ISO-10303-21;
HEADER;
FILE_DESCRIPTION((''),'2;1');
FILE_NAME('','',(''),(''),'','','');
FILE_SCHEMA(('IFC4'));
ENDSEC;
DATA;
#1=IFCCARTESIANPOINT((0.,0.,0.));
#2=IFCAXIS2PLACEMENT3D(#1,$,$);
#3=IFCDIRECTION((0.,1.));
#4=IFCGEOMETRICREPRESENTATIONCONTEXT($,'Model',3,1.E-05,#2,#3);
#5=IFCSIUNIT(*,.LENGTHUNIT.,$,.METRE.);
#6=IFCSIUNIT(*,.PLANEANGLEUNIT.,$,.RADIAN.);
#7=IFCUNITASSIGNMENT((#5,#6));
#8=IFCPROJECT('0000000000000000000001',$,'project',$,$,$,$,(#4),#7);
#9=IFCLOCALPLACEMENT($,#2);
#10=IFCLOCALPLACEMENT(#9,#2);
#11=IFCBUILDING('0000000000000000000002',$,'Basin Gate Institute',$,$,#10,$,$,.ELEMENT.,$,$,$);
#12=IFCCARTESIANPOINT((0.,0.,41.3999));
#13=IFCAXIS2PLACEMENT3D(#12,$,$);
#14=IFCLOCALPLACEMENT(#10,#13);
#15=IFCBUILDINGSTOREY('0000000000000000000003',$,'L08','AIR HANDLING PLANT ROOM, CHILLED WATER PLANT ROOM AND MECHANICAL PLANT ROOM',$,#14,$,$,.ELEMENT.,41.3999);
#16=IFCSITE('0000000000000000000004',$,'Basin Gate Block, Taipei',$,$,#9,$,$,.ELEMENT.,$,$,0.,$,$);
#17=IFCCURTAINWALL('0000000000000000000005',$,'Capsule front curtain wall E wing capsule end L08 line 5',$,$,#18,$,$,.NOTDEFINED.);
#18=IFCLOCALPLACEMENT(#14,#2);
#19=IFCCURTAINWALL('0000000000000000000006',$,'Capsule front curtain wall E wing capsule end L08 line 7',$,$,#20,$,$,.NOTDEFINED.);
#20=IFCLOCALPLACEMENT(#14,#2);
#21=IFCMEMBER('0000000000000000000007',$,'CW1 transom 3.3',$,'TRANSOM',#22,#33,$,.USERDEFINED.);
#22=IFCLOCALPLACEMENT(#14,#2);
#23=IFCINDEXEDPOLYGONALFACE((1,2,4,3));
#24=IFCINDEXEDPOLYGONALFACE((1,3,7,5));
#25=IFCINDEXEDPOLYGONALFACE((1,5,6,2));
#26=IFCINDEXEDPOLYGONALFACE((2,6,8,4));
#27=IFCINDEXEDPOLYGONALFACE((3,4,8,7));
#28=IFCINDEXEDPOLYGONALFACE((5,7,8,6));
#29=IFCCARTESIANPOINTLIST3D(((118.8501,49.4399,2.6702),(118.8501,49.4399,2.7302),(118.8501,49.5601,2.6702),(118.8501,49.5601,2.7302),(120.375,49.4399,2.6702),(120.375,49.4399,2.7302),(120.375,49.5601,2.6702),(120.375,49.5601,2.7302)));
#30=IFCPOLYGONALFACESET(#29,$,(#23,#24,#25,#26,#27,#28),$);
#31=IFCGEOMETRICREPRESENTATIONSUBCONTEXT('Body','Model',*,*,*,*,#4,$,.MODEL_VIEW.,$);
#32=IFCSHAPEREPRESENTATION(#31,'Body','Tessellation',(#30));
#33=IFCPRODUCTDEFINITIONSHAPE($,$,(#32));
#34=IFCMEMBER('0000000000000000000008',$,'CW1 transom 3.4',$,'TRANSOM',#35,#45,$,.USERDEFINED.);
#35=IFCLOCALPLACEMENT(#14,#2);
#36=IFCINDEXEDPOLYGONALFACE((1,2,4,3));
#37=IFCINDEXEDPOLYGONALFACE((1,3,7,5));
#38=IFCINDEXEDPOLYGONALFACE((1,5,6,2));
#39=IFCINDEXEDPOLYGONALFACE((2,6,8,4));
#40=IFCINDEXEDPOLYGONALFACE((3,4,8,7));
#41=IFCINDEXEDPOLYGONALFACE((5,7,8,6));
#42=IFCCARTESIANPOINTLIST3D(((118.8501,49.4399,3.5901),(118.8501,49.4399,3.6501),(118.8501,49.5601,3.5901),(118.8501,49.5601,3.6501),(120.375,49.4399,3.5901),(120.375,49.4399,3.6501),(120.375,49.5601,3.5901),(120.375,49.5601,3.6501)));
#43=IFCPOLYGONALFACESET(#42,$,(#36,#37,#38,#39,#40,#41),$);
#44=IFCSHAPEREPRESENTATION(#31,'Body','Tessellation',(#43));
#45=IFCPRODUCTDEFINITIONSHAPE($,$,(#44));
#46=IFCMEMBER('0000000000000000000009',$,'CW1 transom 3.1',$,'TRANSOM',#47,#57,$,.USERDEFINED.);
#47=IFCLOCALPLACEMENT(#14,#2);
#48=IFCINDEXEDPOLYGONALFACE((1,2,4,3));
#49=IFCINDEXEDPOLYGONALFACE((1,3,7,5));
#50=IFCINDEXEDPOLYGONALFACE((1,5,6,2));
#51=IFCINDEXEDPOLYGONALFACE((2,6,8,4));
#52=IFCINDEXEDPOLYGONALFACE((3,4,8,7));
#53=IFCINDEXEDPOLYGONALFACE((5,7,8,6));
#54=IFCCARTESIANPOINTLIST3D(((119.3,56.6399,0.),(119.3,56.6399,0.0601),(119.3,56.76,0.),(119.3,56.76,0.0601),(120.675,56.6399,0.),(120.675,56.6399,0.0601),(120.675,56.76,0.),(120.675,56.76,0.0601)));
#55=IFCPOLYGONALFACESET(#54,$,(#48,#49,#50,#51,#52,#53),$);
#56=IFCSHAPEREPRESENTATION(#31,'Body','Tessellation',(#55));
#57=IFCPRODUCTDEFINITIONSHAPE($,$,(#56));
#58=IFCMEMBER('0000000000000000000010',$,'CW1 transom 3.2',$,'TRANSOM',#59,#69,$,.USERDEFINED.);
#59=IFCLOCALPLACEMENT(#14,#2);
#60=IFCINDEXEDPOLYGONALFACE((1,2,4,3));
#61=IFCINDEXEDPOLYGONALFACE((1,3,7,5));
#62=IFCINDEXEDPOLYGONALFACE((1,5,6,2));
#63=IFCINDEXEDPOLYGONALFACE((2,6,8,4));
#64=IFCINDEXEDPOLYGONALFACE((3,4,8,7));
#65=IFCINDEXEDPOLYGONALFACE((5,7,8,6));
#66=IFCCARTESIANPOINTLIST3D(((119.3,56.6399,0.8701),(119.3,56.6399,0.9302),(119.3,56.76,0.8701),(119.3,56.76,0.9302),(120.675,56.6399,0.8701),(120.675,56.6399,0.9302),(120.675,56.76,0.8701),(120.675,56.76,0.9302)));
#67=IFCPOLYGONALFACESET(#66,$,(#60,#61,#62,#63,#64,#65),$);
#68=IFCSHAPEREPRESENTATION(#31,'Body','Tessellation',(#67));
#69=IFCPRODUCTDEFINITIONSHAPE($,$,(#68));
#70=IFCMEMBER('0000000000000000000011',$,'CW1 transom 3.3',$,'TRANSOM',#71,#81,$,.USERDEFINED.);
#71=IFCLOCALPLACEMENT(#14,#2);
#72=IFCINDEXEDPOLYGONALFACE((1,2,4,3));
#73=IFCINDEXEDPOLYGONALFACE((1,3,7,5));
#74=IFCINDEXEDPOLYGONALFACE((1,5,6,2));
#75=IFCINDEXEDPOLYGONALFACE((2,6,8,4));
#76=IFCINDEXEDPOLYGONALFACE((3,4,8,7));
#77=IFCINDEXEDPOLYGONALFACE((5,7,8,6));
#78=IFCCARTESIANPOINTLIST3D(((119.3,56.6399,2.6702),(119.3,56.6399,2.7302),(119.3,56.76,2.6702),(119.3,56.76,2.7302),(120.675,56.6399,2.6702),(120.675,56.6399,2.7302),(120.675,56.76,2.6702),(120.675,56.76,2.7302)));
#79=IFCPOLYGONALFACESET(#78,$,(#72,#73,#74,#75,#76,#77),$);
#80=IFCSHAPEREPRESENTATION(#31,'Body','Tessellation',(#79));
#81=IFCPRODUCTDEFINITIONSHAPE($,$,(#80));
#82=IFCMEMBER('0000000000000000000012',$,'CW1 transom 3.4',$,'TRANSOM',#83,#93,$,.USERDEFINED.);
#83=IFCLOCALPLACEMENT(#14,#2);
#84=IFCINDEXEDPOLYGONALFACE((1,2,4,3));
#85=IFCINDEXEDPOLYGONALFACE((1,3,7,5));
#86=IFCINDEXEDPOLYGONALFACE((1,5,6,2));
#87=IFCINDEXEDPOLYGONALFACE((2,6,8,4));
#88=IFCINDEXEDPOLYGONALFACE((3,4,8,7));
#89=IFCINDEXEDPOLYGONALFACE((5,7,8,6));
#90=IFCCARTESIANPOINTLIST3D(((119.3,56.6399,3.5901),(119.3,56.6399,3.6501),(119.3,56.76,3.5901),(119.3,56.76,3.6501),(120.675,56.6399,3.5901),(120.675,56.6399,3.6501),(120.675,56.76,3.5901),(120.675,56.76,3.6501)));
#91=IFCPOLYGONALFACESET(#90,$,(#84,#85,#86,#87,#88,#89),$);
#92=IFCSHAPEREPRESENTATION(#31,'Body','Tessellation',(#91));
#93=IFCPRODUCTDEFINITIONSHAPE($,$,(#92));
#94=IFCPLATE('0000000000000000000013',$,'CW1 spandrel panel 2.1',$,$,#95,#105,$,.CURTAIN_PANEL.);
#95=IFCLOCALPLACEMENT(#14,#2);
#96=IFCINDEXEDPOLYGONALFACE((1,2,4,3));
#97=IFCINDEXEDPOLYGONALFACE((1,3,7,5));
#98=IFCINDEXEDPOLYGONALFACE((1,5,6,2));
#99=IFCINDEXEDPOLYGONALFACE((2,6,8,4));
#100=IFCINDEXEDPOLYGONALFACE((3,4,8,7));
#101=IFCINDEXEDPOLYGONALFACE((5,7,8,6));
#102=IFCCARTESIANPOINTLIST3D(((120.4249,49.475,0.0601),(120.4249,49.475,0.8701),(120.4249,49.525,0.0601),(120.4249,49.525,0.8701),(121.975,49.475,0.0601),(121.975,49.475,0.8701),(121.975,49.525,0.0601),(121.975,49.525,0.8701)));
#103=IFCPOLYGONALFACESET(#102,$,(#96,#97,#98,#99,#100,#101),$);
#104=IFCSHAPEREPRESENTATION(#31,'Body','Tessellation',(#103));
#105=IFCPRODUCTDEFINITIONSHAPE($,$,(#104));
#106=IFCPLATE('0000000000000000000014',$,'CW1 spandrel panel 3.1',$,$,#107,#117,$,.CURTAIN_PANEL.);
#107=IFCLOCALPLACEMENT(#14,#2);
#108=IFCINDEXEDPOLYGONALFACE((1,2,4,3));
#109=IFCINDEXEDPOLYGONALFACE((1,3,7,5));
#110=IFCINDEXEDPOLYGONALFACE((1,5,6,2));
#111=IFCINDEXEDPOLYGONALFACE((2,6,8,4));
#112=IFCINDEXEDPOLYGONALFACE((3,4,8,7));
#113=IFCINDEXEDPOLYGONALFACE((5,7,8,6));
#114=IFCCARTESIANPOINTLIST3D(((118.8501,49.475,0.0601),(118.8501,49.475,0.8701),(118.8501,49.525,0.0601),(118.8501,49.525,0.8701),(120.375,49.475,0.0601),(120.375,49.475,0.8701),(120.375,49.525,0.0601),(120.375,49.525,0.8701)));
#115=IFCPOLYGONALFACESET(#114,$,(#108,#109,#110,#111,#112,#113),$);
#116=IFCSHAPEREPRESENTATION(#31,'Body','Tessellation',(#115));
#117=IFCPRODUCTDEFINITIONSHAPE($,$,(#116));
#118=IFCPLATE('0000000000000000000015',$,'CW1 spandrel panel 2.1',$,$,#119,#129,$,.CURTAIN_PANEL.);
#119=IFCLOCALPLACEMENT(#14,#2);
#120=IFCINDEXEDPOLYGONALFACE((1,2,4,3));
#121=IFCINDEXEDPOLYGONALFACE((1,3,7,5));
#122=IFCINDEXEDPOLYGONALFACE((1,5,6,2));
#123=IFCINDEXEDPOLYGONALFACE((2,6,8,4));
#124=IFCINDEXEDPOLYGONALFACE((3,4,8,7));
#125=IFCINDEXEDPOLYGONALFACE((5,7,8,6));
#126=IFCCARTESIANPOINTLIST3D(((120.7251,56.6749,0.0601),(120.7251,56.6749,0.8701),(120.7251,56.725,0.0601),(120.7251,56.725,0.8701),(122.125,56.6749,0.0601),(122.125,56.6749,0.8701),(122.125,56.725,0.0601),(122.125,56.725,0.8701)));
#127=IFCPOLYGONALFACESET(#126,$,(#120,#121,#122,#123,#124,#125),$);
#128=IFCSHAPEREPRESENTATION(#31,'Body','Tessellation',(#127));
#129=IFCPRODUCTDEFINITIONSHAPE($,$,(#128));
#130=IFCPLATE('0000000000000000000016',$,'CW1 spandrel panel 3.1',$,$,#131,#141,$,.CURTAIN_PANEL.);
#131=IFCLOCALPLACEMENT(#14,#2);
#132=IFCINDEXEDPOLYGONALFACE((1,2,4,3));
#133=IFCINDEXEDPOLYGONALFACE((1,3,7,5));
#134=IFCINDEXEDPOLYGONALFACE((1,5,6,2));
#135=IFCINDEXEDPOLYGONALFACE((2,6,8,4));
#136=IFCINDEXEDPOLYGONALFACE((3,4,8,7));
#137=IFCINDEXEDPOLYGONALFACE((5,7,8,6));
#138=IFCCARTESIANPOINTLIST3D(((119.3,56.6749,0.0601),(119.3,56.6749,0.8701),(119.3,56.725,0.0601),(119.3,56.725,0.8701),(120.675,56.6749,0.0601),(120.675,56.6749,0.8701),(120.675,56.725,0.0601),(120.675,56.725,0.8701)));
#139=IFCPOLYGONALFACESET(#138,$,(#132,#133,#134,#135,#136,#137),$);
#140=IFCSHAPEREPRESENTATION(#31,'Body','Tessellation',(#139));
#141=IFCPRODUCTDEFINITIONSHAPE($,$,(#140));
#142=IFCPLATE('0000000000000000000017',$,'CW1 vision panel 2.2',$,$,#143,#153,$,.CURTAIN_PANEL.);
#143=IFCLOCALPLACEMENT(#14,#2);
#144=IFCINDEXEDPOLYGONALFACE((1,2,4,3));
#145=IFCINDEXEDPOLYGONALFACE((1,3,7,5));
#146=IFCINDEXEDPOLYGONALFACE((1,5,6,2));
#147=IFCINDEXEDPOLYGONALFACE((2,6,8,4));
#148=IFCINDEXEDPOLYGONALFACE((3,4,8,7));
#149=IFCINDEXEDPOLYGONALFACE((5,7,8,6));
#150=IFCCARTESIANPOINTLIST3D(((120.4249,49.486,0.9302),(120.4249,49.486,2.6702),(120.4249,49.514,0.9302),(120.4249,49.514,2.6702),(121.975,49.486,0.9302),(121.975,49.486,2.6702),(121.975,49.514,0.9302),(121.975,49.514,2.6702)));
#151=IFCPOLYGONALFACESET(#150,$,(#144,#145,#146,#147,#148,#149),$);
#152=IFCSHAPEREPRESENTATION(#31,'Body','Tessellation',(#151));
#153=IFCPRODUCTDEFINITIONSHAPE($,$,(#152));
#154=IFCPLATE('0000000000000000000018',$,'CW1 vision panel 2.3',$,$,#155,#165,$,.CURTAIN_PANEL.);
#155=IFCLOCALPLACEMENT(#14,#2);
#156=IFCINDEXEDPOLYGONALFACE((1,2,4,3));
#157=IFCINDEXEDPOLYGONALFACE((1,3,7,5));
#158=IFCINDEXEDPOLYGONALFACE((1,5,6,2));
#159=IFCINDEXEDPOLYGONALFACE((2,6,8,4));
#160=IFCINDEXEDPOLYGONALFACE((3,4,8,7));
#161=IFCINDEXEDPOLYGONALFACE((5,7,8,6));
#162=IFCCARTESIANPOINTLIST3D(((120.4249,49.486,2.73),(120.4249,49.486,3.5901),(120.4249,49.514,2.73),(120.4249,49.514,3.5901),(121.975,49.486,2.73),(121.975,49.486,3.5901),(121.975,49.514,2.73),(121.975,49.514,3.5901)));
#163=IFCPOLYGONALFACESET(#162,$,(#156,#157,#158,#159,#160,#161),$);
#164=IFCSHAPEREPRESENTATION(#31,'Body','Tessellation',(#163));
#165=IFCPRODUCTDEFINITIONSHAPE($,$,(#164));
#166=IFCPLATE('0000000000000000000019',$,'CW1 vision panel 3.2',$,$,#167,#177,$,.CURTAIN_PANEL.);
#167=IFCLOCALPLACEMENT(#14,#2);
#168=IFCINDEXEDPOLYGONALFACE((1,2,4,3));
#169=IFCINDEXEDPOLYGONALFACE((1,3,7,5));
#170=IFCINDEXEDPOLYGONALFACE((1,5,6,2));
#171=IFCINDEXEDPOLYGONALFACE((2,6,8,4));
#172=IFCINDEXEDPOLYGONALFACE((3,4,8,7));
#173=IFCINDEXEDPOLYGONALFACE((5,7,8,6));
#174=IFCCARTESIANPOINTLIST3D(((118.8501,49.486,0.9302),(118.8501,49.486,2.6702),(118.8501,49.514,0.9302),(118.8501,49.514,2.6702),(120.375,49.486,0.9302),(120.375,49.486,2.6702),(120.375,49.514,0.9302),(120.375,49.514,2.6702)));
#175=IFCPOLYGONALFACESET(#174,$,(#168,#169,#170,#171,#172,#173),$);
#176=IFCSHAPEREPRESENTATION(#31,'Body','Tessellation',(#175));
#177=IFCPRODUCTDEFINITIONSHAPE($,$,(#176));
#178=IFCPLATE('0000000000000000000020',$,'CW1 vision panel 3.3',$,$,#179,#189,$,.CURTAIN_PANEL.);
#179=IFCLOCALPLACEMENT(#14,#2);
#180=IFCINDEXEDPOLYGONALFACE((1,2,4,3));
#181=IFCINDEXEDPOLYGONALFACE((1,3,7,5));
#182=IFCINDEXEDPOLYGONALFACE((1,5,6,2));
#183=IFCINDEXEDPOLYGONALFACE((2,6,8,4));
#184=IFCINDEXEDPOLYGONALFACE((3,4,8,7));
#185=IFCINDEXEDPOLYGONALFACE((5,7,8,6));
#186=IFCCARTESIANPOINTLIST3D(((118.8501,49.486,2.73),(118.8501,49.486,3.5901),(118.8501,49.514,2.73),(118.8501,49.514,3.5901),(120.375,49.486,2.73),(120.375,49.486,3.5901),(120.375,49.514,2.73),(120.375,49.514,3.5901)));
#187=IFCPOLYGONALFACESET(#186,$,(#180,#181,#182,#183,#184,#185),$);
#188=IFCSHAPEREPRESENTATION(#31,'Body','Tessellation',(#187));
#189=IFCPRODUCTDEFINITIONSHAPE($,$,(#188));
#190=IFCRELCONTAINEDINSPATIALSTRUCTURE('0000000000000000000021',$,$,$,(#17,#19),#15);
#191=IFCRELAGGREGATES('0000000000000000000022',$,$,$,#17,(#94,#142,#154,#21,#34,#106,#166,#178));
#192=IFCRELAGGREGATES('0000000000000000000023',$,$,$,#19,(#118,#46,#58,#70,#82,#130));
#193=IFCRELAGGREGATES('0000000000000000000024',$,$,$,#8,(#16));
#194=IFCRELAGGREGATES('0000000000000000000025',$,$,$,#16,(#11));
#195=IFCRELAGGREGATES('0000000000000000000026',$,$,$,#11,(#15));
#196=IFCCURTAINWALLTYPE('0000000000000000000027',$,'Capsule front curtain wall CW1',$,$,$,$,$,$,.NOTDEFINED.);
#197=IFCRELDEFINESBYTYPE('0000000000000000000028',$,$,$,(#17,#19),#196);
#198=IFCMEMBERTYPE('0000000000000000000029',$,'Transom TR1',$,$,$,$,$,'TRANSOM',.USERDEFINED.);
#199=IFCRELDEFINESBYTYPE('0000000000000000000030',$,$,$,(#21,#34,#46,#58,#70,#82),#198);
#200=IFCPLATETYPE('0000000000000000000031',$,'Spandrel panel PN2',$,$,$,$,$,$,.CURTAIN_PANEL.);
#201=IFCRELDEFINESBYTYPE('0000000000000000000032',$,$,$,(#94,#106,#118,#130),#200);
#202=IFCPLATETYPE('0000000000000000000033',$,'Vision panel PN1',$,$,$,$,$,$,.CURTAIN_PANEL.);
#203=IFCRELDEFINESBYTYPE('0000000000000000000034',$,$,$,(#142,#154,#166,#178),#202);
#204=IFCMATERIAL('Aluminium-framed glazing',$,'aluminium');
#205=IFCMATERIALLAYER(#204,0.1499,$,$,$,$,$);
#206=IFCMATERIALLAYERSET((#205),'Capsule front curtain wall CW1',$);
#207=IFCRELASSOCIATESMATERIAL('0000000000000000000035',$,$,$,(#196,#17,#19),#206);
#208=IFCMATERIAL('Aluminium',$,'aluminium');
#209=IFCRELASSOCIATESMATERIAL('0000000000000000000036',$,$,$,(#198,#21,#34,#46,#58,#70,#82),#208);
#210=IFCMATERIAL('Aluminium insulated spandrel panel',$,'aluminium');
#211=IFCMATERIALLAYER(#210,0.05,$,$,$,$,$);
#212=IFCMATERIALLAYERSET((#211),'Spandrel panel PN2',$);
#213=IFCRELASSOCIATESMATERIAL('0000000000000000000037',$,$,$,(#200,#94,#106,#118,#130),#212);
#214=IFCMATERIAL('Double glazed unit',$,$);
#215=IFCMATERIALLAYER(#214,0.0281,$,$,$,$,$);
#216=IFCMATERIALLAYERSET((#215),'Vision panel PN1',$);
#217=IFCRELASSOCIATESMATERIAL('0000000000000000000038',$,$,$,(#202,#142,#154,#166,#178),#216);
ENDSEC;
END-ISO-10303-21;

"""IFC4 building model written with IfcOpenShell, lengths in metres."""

from ifc_helpers import new_model, si_unit, direction, frame, origin, origin_2d, place, context, subcontext, project, spatial, rectangle, extrude, material, layer, layer_set, material_profile, profile_set, type_object, element, aggregate, save


model = new_model("IFC4")

# Units and contexts
model_context = context("Model", 3, precision=1e-05, world=origin(), true_north=direction((0.0, 1.0)))
body_context = subcontext(model_context, "Body", "Model", "MODEL_VIEW")
ifc_project = project(units=[si_unit("LENGTHUNIT", "METRE"), si_unit("PLANEANGLEUNIT", "RADIAN")], contexts=[model_context])

# Site, building, storey
site_placement = place(None, origin())
site = spatial("IfcSite", under=ifc_project, at=site_placement, Name="Basin Gate Block, Taipei", CompositionType="ELEMENT", RefElevation=0.0)
building_placement = place(site_placement, origin())
building = spatial("IfcBuilding", under=site, at=building_placement, Name="Basin Gate Institute", CompositionType="ELEMENT")
storey_placement = place(building_placement, frame((0.0, 0.0, 41.3999)))
storey = spatial("IfcBuildingStorey", under=building, at=storey_placement, Name="L08", Description="AIR HANDLING PLANT ROOM, CHILLED WATER PLANT ROOM AND MECHANICAL PLANT ROOM", CompositionType="ELEMENT", Elevation=41.3999)

# Shared definitions
ifc_material_1 = material(Name="Aluminium-framed glazing", Category="aluminium")
ifc_layer_1 = layer(ifc_material_1, 0.1499)
ifc_layer_set_1 = layer_set([ifc_layer_1], Name="Capsule front curtain wall CW1")
curtain_wall_type = type_object("IfcCurtainWallType", Name="Capsule front curtain wall CW1", PredefinedType="NOTDEFINED", material=ifc_layer_set_1)

# Curtain walls
curtain_wall_1_placement = place(storey_placement, origin())
curtain_wall_1 = element("IfcCurtainWall", 1, at=curtain_wall_1_placement, inside=storey, type_object=curtain_wall_type, material=ifc_layer_set_1, Name="Capsule front curtain wall E wing capsule end L08 line 5", PredefinedType="NOTDEFINED")
curtain_wall_2_placement = place(storey_placement, origin())
curtain_wall_2 = element("IfcCurtainWall", 2, at=curtain_wall_2_placement, inside=storey, type_object=curtain_wall_type, material=ifc_layer_set_1, Name="Capsule front curtain wall E wing capsule end L08 line 7", PredefinedType="NOTDEFINED")

# Members
ifc_material_2 = material(Name="Aluminium", Category="aluminium")
ifc_material_profile_1 = material_profile(ifc_material_2, rectangle(XDim=0.1201, YDim=0.0601, at=origin_2d()), Name="Transom TR1 120 x 60")
ifc_profile_set_1 = profile_set([ifc_material_profile_1], Name="Aluminium")
member_type_1 = type_object("IfcMemberType", Name="Transom TR1", ElementType="TRANSOM", PredefinedType="USERDEFINED", material=ifc_profile_set_1)
member_1_placement = place(storey_placement, frame((120.375, 49.5, 2.7002), z_axis=(-1.0, 0.0, 0.0), x_axis=(0.0, -1.0, 0.0)))
member_1 = element("IfcMember", 3, at=member_1_placement, type_object=member_type_1, material=ifc_profile_set_1, Name="CW1 transom 3.3", ObjectType="TRANSOM", PredefinedType="USERDEFINED", context=body_context, shape_type="SweptSolid", body=[
    extrude(rectangle(XDim=0.1201, YDim=0.0601, at=origin_2d()), origin(), (0.0, 0.0, 1.0), 1.5249),
])
member_2_placement = place(storey_placement, frame((120.375, 49.5, 3.6201), z_axis=(-1.0, 0.0, 0.0), x_axis=(0.0, -1.0, 0.0)))
member_2 = element("IfcMember", 4, at=member_2_placement, type_object=member_type_1, material=ifc_profile_set_1, Name="CW1 transom 3.4", ObjectType="TRANSOM", PredefinedType="USERDEFINED", context=body_context, shape_type="SweptSolid", body=[
    extrude(rectangle(XDim=0.1201, YDim=0.0601, at=origin_2d()), origin(), (0.0, 0.0, 1.0), 1.5249),
])
member_3_placement = place(storey_placement, frame((120.675, 56.7, 0.03), z_axis=(-1.0, 0.0, 0.0), x_axis=(0.0, -1.0, 0.0)))
member_3 = element("IfcMember", 5, at=member_3_placement, type_object=member_type_1, material=ifc_profile_set_1, Name="CW1 transom 3.1", ObjectType="TRANSOM", PredefinedType="USERDEFINED", context=body_context, shape_type="SweptSolid", body=[
    extrude(rectangle(XDim=0.1201, YDim=0.0601, at=origin_2d()), origin(), (0.0, 0.0, 1.0), 1.375),
])
member_4_placement = place(storey_placement, frame((120.675, 56.7, 0.9001), z_axis=(-1.0, 0.0, 0.0), x_axis=(0.0, -1.0, 0.0)))
member_4 = element("IfcMember", 6, at=member_4_placement, type_object=member_type_1, material=ifc_profile_set_1, Name="CW1 transom 3.2", ObjectType="TRANSOM", PredefinedType="USERDEFINED", context=body_context, shape_type="SweptSolid", body=[
    extrude(rectangle(XDim=0.1201, YDim=0.0601, at=origin_2d()), origin(), (0.0, 0.0, 1.0), 1.375),
])
member_5_placement = place(storey_placement, frame((120.675, 56.7, 2.7002), z_axis=(-1.0, 0.0, 0.0), x_axis=(0.0, -1.0, 0.0)))
member_5 = element("IfcMember", 7, at=member_5_placement, type_object=member_type_1, material=ifc_profile_set_1, Name="CW1 transom 3.3", ObjectType="TRANSOM", PredefinedType="USERDEFINED", context=body_context, shape_type="SweptSolid", body=[
    extrude(rectangle(XDim=0.1201, YDim=0.0601, at=origin_2d()), origin(), (0.0, 0.0, 1.0), 1.375),
])
member_6_placement = place(storey_placement, frame((120.675, 56.7, 3.6201), z_axis=(-1.0, 0.0, 0.0), x_axis=(0.0, -1.0, 0.0)))
member_6 = element("IfcMember", 8, at=member_6_placement, type_object=member_type_1, material=ifc_profile_set_1, Name="CW1 transom 3.4", ObjectType="TRANSOM", PredefinedType="USERDEFINED", context=body_context, shape_type="SweptSolid", body=[
    extrude(rectangle(XDim=0.1201, YDim=0.0601, at=origin_2d()), origin(), (0.0, 0.0, 1.0), 1.375),
])

# Plates
ifc_material_3 = material(Name="Aluminium insulated spandrel panel", Category="aluminium")
ifc_layer_2 = layer(ifc_material_3, 0.05)
ifc_layer_set_2 = layer_set([ifc_layer_2], Name="Spandrel panel PN2")
plate_type_1 = type_object("IfcPlateType", Name="Spandrel panel PN2", PredefinedType="CURTAIN_PANEL", material=ifc_layer_set_2)
plate_1_placement = place(storey_placement, frame((121.2, 49.5, 0.0601), z_axis=(0.0, 0.0, 1.0), x_axis=(-1.0, 0.0, 0.0)))
plate_1 = element("IfcPlate", 9, at=plate_1_placement, type_object=plate_type_1, material=ifc_layer_set_2, Name="CW1 spandrel panel 2.1", PredefinedType="CURTAIN_PANEL", context=body_context, shape_type="SweptSolid", body=[
    extrude(rectangle(XDim=1.55, YDim=0.05, at=origin_2d()), origin(), (0.0, 0.0, 1.0), 0.8101),
])
plate_2_placement = place(storey_placement, frame((119.6125, 49.5, 0.0601), z_axis=(0.0, 0.0, 1.0), x_axis=(-1.0, 0.0, 0.0)))
plate_2 = element("IfcPlate", 10, at=plate_2_placement, type_object=plate_type_1, material=ifc_layer_set_2, Name="CW1 spandrel panel 3.1", PredefinedType="CURTAIN_PANEL", context=body_context, shape_type="SweptSolid", body=[
    extrude(rectangle(XDim=1.5249, YDim=0.05, at=origin_2d()), origin(), (0.0, 0.0, 1.0), 0.8101),
])
plate_3_placement = place(storey_placement, frame((121.425, 56.7, 0.0601), z_axis=(0.0, 0.0, 1.0), x_axis=(-1.0, 0.0, 0.0)))
plate_3 = element("IfcPlate", 11, at=plate_3_placement, type_object=plate_type_1, material=ifc_layer_set_2, Name="CW1 spandrel panel 2.1", PredefinedType="CURTAIN_PANEL", context=body_context, shape_type="SweptSolid", body=[
    extrude(rectangle(XDim=1.3999, YDim=0.05, at=origin_2d()), origin(), (0.0, 0.0, 1.0), 0.8101),
])
plate_4_placement = place(storey_placement, frame((119.9875, 56.7, 0.0601), z_axis=(0.0, 0.0, 1.0), x_axis=(-1.0, 0.0, 0.0)))
plate_4 = element("IfcPlate", 12, at=plate_4_placement, type_object=plate_type_1, material=ifc_layer_set_2, Name="CW1 spandrel panel 3.1", PredefinedType="CURTAIN_PANEL", context=body_context, shape_type="SweptSolid", body=[
    extrude(rectangle(XDim=1.375, YDim=0.05, at=origin_2d()), origin(), (0.0, 0.0, 1.0), 0.8101),
])
ifc_material_4 = material(Name="Double glazed unit")
ifc_layer_3 = layer(ifc_material_4, 0.0281)
ifc_layer_set_3 = layer_set([ifc_layer_3], Name="Vision panel PN1")
plate_type_2 = type_object("IfcPlateType", Name="Vision panel PN1", PredefinedType="CURTAIN_PANEL", material=ifc_layer_set_3)
plate_5_placement = place(storey_placement, frame((121.2, 49.5, 0.9302), z_axis=(0.0, 0.0, 1.0), x_axis=(-1.0, 0.0, 0.0)))
plate_5 = element("IfcPlate", 13, at=plate_5_placement, type_object=plate_type_2, material=ifc_layer_set_3, Name="CW1 vision panel 2.2", PredefinedType="CURTAIN_PANEL", context=body_context, shape_type="SweptSolid", body=[
    extrude(rectangle(XDim=1.55, YDim=0.0281, at=origin_2d()), origin(), (0.0, 0.0, 1.0), 1.74),
])
plate_6_placement = place(storey_placement, frame((121.2, 49.5, 2.73), z_axis=(0.0, 0.0, 1.0), x_axis=(-1.0, 0.0, 0.0)))
plate_6 = element("IfcPlate", 14, at=plate_6_placement, type_object=plate_type_2, material=ifc_layer_set_3, Name="CW1 vision panel 2.3", PredefinedType="CURTAIN_PANEL", context=body_context, shape_type="SweptSolid", body=[
    extrude(rectangle(XDim=1.55, YDim=0.0281, at=origin_2d()), origin(), (0.0, 0.0, 1.0), 0.8601),
])
plate_7_placement = place(storey_placement, frame((119.6125, 49.5, 0.9302), z_axis=(0.0, 0.0, 1.0), x_axis=(-1.0, 0.0, 0.0)))
plate_7 = element("IfcPlate", 15, at=plate_7_placement, type_object=plate_type_2, material=ifc_layer_set_3, Name="CW1 vision panel 3.2", PredefinedType="CURTAIN_PANEL", context=body_context, shape_type="SweptSolid", body=[
    extrude(rectangle(XDim=1.5249, YDim=0.0281, at=origin_2d()), origin(), (0.0, 0.0, 1.0), 1.74),
])
plate_8_placement = place(storey_placement, frame((119.6125, 49.5, 2.73), z_axis=(0.0, 0.0, 1.0), x_axis=(-1.0, 0.0, 0.0)))
plate_8 = element("IfcPlate", 16, at=plate_8_placement, type_object=plate_type_2, material=ifc_layer_set_3, Name="CW1 vision panel 3.3", PredefinedType="CURTAIN_PANEL", context=body_context, shape_type="SweptSolid", body=[
    extrude(rectangle(XDim=1.5249, YDim=0.0281, at=origin_2d()), origin(), (0.0, 0.0, 1.0), 0.8601),
])
aggregate(curtain_wall_1, [plate_1, plate_5, plate_6, member_1, member_2, plate_2, plate_7, plate_8])
aggregate(curtain_wall_2, [plate_3, member_3, member_4, member_5, member_6, plate_4])

save(model, "model.ifc")
